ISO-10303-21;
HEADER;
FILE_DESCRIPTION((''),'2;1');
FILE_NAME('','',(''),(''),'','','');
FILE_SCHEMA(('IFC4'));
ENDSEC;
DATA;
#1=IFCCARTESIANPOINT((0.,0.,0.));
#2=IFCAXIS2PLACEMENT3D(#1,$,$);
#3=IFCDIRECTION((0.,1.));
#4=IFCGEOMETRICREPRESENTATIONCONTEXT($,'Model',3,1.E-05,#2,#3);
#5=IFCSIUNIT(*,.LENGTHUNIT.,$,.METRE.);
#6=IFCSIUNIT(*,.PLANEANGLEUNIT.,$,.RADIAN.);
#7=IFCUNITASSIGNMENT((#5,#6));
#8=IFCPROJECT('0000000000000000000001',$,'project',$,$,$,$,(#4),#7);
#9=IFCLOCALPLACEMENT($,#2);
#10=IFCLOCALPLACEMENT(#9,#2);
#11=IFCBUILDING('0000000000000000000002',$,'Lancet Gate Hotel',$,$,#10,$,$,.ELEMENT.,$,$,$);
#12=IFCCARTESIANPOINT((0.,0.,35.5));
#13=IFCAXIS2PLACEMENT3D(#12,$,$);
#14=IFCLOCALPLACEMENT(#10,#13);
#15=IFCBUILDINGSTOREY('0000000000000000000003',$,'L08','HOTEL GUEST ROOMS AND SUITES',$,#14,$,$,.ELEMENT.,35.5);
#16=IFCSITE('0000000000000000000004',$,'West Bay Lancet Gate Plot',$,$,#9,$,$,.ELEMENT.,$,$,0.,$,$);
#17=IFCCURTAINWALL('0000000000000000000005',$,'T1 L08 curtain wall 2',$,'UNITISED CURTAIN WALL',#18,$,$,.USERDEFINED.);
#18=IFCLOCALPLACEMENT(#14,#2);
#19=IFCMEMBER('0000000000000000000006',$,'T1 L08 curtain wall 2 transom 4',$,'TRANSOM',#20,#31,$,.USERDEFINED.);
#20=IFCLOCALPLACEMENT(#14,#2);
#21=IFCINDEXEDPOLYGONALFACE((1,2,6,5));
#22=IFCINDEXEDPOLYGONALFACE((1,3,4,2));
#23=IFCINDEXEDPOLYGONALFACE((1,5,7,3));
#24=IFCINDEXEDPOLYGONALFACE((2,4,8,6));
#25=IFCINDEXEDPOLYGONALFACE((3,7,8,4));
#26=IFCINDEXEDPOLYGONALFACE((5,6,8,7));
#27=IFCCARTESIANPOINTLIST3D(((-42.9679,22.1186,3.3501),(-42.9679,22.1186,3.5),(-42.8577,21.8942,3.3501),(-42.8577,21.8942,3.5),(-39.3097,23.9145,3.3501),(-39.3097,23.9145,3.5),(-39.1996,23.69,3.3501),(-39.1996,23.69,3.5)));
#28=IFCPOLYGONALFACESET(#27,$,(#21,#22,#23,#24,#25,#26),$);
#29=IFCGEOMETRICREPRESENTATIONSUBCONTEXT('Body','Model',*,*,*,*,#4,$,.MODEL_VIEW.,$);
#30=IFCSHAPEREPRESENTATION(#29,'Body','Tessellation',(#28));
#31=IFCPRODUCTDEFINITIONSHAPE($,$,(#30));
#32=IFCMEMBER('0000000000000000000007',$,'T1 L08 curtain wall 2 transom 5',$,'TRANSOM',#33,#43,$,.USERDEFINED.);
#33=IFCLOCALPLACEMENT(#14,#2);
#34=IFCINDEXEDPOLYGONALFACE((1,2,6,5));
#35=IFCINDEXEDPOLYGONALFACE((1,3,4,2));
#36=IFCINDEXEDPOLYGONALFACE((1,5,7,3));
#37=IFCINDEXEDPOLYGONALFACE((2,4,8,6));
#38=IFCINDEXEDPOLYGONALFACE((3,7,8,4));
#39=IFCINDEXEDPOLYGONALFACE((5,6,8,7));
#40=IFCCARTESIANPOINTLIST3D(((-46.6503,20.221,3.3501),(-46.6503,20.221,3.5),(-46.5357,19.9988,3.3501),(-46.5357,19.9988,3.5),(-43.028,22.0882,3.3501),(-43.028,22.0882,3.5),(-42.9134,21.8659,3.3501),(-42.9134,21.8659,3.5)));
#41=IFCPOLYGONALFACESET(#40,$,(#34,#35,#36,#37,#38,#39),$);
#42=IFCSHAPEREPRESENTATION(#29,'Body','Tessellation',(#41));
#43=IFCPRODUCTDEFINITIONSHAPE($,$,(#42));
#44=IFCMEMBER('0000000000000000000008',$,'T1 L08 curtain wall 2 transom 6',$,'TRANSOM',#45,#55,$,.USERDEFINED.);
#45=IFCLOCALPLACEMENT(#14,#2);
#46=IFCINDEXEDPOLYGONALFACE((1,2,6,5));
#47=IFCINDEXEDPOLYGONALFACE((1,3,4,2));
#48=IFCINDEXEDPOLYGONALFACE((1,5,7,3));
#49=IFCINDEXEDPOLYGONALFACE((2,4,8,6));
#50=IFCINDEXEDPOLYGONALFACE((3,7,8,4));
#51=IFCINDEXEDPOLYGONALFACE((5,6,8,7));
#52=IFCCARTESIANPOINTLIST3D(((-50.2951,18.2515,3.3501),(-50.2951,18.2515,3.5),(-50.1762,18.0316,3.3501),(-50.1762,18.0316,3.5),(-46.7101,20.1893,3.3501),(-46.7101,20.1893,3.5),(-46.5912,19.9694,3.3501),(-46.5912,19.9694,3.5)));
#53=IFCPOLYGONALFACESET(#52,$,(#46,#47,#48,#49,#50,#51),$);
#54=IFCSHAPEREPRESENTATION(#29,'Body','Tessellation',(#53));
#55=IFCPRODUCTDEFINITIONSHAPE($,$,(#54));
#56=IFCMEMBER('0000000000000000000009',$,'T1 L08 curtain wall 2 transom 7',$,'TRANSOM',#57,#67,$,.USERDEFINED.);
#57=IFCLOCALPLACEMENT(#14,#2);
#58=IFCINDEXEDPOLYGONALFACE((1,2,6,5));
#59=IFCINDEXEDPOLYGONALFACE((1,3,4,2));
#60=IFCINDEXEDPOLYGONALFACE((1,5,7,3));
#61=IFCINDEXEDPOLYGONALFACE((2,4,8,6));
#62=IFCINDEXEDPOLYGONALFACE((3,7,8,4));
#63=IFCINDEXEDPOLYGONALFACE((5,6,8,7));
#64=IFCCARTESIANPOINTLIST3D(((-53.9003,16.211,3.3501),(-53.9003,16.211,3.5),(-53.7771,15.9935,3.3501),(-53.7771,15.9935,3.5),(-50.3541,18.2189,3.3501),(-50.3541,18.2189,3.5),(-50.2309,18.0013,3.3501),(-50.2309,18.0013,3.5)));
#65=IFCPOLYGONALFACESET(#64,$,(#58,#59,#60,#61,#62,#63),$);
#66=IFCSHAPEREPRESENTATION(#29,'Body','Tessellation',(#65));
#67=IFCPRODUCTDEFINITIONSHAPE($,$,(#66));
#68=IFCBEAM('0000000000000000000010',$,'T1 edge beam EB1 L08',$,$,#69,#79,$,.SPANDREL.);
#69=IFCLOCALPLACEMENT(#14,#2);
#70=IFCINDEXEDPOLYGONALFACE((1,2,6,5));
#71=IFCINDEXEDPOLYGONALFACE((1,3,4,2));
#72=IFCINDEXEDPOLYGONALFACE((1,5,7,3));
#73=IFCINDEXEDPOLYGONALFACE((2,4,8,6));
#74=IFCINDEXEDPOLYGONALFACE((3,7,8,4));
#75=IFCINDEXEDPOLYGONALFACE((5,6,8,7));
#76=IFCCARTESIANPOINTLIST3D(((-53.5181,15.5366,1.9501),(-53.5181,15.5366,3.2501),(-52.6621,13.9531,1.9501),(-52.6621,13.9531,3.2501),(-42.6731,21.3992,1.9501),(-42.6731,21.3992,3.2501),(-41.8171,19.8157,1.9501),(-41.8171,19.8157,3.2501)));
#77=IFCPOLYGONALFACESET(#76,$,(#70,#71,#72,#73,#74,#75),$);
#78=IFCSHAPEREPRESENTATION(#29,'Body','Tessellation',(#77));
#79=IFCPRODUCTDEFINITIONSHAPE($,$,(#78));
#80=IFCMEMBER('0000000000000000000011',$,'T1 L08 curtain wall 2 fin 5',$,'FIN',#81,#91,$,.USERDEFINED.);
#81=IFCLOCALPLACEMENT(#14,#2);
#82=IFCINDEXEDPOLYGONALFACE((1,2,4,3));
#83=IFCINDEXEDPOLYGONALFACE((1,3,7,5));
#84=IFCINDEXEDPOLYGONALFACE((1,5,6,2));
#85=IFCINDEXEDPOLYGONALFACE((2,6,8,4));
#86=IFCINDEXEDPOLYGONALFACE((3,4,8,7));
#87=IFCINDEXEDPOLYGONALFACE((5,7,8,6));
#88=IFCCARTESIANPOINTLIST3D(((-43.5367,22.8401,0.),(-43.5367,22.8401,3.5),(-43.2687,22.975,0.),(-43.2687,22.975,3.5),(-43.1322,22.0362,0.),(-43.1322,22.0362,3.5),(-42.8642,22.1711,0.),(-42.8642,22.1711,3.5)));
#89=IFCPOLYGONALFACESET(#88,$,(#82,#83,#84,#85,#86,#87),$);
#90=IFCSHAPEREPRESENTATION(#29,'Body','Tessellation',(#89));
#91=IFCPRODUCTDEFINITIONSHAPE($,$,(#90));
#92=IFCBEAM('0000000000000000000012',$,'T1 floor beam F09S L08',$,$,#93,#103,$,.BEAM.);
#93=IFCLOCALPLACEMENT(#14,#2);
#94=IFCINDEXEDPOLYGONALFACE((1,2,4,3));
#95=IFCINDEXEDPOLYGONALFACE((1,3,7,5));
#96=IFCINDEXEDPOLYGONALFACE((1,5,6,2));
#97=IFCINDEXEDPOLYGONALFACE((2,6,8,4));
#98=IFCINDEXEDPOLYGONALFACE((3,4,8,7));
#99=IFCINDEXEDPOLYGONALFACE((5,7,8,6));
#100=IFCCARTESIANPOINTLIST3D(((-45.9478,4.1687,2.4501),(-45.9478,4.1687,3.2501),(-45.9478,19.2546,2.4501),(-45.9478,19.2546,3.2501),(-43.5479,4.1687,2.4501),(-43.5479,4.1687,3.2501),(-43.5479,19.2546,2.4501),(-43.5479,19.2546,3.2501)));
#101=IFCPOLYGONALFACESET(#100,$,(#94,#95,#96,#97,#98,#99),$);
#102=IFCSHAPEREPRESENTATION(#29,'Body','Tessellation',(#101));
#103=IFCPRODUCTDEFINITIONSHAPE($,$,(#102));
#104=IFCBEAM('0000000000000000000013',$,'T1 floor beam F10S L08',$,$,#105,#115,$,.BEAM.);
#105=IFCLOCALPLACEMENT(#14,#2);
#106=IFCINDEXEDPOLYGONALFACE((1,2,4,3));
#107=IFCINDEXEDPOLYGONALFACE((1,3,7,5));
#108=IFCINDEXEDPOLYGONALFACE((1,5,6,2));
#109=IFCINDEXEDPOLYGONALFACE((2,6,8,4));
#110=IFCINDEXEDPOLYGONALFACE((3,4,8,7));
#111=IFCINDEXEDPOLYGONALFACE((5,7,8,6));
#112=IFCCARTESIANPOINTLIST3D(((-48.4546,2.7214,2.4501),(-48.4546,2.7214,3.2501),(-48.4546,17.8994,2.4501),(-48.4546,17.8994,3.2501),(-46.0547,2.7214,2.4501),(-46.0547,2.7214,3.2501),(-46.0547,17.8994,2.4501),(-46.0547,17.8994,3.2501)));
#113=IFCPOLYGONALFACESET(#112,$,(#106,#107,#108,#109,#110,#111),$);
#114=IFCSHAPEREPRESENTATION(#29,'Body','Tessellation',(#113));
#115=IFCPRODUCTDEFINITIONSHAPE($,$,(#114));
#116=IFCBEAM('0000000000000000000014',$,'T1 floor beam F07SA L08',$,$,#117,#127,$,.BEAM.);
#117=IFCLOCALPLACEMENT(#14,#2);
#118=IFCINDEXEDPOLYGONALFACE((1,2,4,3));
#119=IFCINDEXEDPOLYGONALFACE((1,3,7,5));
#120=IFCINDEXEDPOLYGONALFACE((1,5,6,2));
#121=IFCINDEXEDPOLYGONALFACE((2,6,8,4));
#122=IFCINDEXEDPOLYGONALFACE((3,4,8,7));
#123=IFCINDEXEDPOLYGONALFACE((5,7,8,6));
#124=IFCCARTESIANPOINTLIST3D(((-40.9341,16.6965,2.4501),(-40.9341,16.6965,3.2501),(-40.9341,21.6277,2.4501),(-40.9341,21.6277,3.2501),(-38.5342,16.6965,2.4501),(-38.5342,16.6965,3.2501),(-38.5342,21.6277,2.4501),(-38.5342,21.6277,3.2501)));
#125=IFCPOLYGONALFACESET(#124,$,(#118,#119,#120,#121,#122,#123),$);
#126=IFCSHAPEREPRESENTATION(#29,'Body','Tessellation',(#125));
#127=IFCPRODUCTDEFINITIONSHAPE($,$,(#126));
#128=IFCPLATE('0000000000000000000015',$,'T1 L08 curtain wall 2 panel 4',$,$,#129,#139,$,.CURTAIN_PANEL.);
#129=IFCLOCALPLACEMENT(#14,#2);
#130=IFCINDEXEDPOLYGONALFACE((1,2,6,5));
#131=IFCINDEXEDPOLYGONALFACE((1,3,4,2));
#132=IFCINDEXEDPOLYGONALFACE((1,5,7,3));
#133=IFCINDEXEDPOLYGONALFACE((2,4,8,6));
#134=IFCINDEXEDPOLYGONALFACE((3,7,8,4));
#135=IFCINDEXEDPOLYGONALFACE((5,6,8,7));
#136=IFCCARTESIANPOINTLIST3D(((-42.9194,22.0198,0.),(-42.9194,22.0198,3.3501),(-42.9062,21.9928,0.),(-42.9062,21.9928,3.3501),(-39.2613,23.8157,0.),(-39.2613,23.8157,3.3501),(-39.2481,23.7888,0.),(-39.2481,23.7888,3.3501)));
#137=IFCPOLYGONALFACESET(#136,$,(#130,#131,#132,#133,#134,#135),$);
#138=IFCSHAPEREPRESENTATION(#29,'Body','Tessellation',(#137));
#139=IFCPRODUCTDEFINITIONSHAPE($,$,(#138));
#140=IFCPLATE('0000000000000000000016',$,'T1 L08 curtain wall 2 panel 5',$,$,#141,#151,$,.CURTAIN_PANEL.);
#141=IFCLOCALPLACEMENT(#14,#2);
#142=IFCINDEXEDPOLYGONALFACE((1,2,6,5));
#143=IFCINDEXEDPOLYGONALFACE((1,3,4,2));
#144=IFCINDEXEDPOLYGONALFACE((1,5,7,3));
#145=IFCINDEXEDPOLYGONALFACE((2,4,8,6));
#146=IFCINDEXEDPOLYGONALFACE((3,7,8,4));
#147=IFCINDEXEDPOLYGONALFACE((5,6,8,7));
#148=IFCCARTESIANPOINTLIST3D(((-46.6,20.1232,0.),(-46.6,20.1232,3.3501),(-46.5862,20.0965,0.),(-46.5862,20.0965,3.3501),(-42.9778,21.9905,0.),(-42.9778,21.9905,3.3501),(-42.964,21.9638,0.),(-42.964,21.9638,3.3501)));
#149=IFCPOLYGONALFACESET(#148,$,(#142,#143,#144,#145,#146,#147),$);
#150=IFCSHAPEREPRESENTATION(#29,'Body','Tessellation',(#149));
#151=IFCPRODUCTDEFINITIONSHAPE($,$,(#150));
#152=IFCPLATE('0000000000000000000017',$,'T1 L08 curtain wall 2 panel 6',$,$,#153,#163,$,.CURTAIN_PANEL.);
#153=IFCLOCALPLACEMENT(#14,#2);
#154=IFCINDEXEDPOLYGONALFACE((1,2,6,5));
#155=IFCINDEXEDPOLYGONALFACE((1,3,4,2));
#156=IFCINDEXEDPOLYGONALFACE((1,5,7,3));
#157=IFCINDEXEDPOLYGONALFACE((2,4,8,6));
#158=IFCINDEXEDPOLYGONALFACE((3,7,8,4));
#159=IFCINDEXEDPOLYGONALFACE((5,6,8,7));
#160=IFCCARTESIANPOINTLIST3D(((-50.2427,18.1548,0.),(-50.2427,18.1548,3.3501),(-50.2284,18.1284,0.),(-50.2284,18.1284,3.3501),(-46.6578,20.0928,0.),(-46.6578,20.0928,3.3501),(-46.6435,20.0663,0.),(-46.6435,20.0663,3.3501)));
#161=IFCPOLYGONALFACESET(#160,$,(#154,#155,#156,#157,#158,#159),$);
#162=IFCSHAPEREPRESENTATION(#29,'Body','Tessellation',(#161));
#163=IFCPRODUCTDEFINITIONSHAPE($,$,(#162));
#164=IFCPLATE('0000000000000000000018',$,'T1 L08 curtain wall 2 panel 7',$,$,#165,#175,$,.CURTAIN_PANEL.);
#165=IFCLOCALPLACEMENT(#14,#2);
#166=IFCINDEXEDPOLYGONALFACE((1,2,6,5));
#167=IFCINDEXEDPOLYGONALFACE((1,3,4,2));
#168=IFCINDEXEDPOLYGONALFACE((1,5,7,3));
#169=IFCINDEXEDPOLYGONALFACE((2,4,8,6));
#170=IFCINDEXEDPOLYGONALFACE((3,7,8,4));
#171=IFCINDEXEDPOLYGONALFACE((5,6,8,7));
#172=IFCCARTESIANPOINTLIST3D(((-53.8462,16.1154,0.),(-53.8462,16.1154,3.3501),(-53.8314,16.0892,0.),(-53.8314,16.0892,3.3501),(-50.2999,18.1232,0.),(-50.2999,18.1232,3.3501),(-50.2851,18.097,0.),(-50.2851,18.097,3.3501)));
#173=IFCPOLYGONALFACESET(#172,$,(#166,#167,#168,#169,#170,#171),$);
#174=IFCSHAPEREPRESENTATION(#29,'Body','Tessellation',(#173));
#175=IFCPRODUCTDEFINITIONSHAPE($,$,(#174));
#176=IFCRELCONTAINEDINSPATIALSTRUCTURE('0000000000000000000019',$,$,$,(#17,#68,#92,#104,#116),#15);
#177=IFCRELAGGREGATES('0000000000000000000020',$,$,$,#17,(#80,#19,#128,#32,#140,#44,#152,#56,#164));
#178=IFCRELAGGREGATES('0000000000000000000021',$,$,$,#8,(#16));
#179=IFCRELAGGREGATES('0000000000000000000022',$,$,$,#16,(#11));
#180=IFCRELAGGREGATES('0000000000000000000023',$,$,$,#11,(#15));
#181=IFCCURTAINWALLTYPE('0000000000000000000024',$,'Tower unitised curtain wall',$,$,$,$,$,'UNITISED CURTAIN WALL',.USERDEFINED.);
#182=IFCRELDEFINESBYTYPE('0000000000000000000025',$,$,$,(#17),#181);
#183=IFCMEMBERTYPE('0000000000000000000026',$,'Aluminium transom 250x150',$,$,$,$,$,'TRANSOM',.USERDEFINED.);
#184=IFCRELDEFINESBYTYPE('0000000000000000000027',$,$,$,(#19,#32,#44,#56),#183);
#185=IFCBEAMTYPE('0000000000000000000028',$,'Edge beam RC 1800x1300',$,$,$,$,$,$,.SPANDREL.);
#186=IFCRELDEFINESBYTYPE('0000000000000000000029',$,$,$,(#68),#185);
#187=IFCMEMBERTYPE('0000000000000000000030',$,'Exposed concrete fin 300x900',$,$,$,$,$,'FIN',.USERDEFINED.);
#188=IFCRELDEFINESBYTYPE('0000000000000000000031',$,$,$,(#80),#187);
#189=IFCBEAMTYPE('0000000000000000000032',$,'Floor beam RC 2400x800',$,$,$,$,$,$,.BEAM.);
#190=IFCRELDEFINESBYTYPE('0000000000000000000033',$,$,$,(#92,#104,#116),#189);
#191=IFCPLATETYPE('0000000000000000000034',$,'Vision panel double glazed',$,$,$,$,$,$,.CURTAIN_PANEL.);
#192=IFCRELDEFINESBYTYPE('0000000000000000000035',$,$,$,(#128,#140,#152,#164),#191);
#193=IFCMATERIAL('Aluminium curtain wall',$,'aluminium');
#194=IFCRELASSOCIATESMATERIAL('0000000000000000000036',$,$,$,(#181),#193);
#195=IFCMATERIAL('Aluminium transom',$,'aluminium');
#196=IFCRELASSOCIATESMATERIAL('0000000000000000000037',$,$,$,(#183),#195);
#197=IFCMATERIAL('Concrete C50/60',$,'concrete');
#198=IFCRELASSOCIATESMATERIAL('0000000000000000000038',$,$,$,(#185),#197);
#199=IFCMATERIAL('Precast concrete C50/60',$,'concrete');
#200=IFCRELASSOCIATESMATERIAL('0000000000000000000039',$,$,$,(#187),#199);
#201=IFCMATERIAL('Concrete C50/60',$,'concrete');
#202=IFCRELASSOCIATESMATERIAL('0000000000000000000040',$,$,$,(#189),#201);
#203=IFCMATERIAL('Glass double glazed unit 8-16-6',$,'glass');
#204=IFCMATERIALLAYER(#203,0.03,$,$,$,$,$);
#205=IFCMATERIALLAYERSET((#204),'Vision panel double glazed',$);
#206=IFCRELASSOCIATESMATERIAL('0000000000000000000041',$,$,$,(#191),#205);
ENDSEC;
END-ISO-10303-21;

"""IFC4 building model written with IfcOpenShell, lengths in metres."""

from ifc_helpers import new_model, si_unit, direction, frame, origin, origin_2d, place, context, subcontext, project, spatial, rectangle, extrude, material, layer, layer_set, material_profile, profile_set, type_object, element, aggregate, save


model = new_model("IFC4")

# Units and contexts
model_context = context("Model", 3, precision=1e-05, world=origin(), true_north=direction((0.0, 1.0)))
body_context = subcontext(model_context, "Body", "Model", "MODEL_VIEW")
ifc_project = project(units=[si_unit("LENGTHUNIT", "METRE"), si_unit("PLANEANGLEUNIT", "RADIAN")], contexts=[model_context])

# Site, building, storey
site_placement = place(None, origin())
site = spatial("IfcSite", under=ifc_project, at=site_placement, Name="West Bay Lancet Gate Plot", CompositionType="ELEMENT", RefElevation=0.0)
building_placement = place(site_placement, origin())
building = spatial("IfcBuilding", under=site, at=building_placement, Name="Lancet Gate Hotel", CompositionType="ELEMENT")
storey_placement = place(building_placement, frame((0.0, 0.0, 35.5)))
storey = spatial("IfcBuildingStorey", under=building, at=storey_placement, Name="L08", Description="HOTEL GUEST ROOMS AND SUITES", CompositionType="ELEMENT", Elevation=35.5)

# Curtain wall, members
ifc_material_1 = material(Name="Aluminium curtain wall", Category="aluminium")
curtain_wall_type = type_object("IfcCurtainWallType", Name="Tower unitised curtain wall", ElementType="UNITISED CURTAIN WALL", PredefinedType="USERDEFINED", material=ifc_material_1)
curtain_wall_placement = place(storey_placement, origin())
curtain_wall = element("IfcCurtainWall", 1, at=curtain_wall_placement, inside=storey, type_object=curtain_wall_type, Name="T1 L08 curtain wall 2", ObjectType="UNITISED CURTAIN WALL", PredefinedType="USERDEFINED")
ifc_material_2 = material(Name="Aluminium transom", Category="aluminium")
ifc_material_profile_1 = material_profile(ifc_material_2, rectangle(XDim=0.25, YDim=0.1499, at=origin_2d()), Name="TRANSOM 250x150")
ifc_profile_set_1 = profile_set([ifc_material_profile_1], Name="Aluminium transom")
member_type_1 = type_object("IfcMemberType", Name="Aluminium transom 250x150", ElementType="TRANSOM", PredefinedType="USERDEFINED", material=ifc_profile_set_1)
member_1_placement = place(storey_placement, frame((-39.2546, 23.8022, 3.425), z_axis=(-0.897662, -0.440684, 0.0), x_axis=(0.440684, -0.897662, 0.0)))
member_1 = element("IfcMember", 2, at=member_1_placement, type_object=member_type_1, Name="T1 L08 curtain wall 2 transom 4", ObjectType="TRANSOM", PredefinedType="USERDEFINED", context=body_context, shape_type="SweptSolid", body=[
    extrude(rectangle(XDim=0.25, YDim=0.1499, at=origin_2d()), origin(), (0.0, 0.0, 1.0), 4.0752),
])
member_2_placement = place(storey_placement, frame((-42.9707, 21.9771, 3.425), z_axis=(-0.88886, -0.458179, 0.0), x_axis=(0.458179, -0.88886, 0.0)))
member_2 = element("IfcMember", 3, at=member_2_placement, type_object=member_type_1, Name="T1 L08 curtain wall 2 transom 5", ObjectType="TRANSOM", PredefinedType="USERDEFINED", context=body_context, shape_type="SweptSolid", body=[
    extrude(rectangle(XDim=0.25, YDim=0.1499, at=origin_2d()), origin(), (0.0, 0.0, 1.0), 4.0752),
])
member_3_placement = place(storey_placement, frame((-46.6506, 20.0793, 3.425), z_axis=(-0.879714, -0.475503, 0.0), x_axis=(0.475503, -0.879714, 0.0)))
member_3 = element("IfcMember", 4, at=member_3_placement, type_object=member_type_1, Name="T1 L08 curtain wall 2 transom 6", ObjectType="TRANSOM", PredefinedType="USERDEFINED", context=body_context, shape_type="SweptSolid", body=[
    extrude(rectangle(XDim=0.25, YDim=0.1499, at=origin_2d()), origin(), (0.0, 0.0, 1.0), 4.0752),
])
member_4_placement = place(storey_placement, frame((-50.2925, 18.1101, 3.425), z_axis=(-0.870198, -0.492703, 0.0), x_axis=(0.492703, -0.870198, 0.0)))
member_4 = element("IfcMember", 5, at=member_4_placement, type_object=member_type_1, Name="T1 L08 curtain wall 2 transom 7", ObjectType="TRANSOM", PredefinedType="USERDEFINED", context=body_context, shape_type="SweptSolid", body=[
    extrude(rectangle(XDim=0.25, YDim=0.1499, at=origin_2d()), origin(), (0.0, 0.0, 1.0), 4.0752),
])

# Beam
ifc_material_3 = material(Name="Concrete C50/60", Category="concrete")
ifc_material_profile_2 = material_profile(ifc_material_3, rectangle(XDim=1.8, YDim=1.3, at=origin_2d()), Name="RC 1800x1300")
ifc_profile_set_2 = profile_set([ifc_material_profile_2], Name="Concrete C50/60")
beam_type_1 = type_object("IfcBeamType", Name="Edge beam RC 1800x1300", PredefinedType="SPANDREL", material=ifc_profile_set_2)
beam_1_placement = place(storey_placement, frame((-42.2451, 20.6074, 2.6001), z_axis=(-0.879693, -0.475542, 0.0), x_axis=(0.475542, -0.879693, 0.0)))
element("IfcBeam", 6, at=beam_1_placement, inside=storey, type_object=beam_type_1, Name="T1 edge beam EB1 L08", PredefinedType="SPANDREL", context=body_context, shape_type="SweptSolid", body=[
    extrude(rectangle(XDim=1.8, YDim=1.3, at=origin_2d()), origin(), (0.0, 0.0, 1.0), 12.3281),
])

# Member
ifc_material_4 = material(Name="Precast concrete C50/60", Category="concrete")
ifc_material_profile_3 = material_profile(ifc_material_4, rectangle(XDim=0.3, YDim=0.8999, at=origin_2d()), Name="FIN 300x900")
ifc_profile_set_3 = profile_set([ifc_material_profile_3], Name="Precast concrete C50/60")
member_type_2 = type_object("IfcMemberType", Name="Exposed concrete fin 300x900", ElementType="FIN", PredefinedType="USERDEFINED", material=ifc_profile_set_3)
member_5_placement = place(storey_placement, frame((-43.2004, 22.5056, 0.0), z_axis=(0.0, 0.0, 1.0), x_axis=(-0.893292, -0.449478, 0.0)))
member_5 = element("IfcMember", 7, at=member_5_placement, type_object=member_type_2, Name="T1 L08 curtain wall 2 fin 5", ObjectType="FIN", PredefinedType="USERDEFINED", context=body_context, shape_type="SweptSolid", body=[
    extrude(rectangle(XDim=0.3, YDim=0.8999, at=origin_2d()), origin(), (0.0, 0.0, 1.0), 3.5),
])

# Beams
ifc_material_5 = material(Name="Concrete C50/60", Category="concrete")
ifc_material_profile_4 = material_profile(ifc_material_5, rectangle(XDim=2.3999, YDim=0.8, at=origin_2d()), Name="RC 2400x800")
ifc_profile_set_4 = profile_set([ifc_material_profile_4], Name="Concrete C50/60")
beam_type_2 = type_object("IfcBeamType", Name="Floor beam RC 2400x800", PredefinedType="BEAM", material=ifc_profile_set_4)
beam_2_placement = place(storey_placement, frame((-44.7478, 19.2546, 2.8501), z_axis=(0.0, -1.0, 0.0), x_axis=(1.0, 0.0, 0.0)))
element("IfcBeam", 8, at=beam_2_placement, inside=storey, type_object=beam_type_2, Name="T1 floor beam F09S L08", PredefinedType="BEAM", context=body_context, shape_type="SweptSolid", body=[
    extrude(rectangle(XDim=2.3999, YDim=0.8, at=origin_2d()), origin(), (0.0, 0.0, 1.0), 15.0859),
])
beam_3_placement = place(storey_placement, frame((-47.2546, 17.8994, 2.8501), z_axis=(0.0, -1.0, 0.0), x_axis=(1.0, 0.0, 0.0)))
element("IfcBeam", 9, at=beam_3_placement, inside=storey, type_object=beam_type_2, Name="T1 floor beam F10S L08", PredefinedType="BEAM", context=body_context, shape_type="SweptSolid", body=[
    extrude(rectangle(XDim=2.3999, YDim=0.8, at=origin_2d()), origin(), (0.0, 0.0, 1.0), 15.178),
])
beam_4_placement = place(storey_placement, frame((-39.7341, 21.6277, 2.8501), z_axis=(0.0, -1.0, 0.0), x_axis=(1.0, 0.0, 0.0)))
element("IfcBeam", 10, at=beam_4_placement, inside=storey, type_object=beam_type_2, Name="T1 floor beam F07SA L08", PredefinedType="BEAM", context=body_context, shape_type="SweptSolid", body=[
    extrude(rectangle(XDim=2.3999, YDim=0.8, at=origin_2d()), origin(), (0.0, 0.0, 1.0), 4.9312),
])

# Plates
ifc_material_6 = material(Name="Glass double glazed unit 8-16-6", Category="glass")
ifc_layer = layer(ifc_material_6, 0.03)
ifc_layer_set = layer_set([ifc_layer], Name="Vision panel double glazed")
plate_type = type_object("IfcPlateType", Name="Vision panel double glazed", PredefinedType="CURTAIN_PANEL", material=ifc_layer_set)
plate_1_placement = place(storey_placement, frame((-41.0837, 22.9043, 0.0), z_axis=(0.0, 0.0, 1.0), x_axis=(-0.897653, -0.440702, 0.0)))
plate_1 = element("IfcPlate", 11, at=plate_1_placement, type_object=plate_type, Name="T1 L08 curtain wall 2 panel 4", PredefinedType="CURTAIN_PANEL", context=body_context, shape_type="SweptSolid", body=[
    extrude(rectangle(XDim=4.0752, YDim=0.03, at=origin_2d()), origin(), (0.0, 0.0, 1.0), 3.3501),
])
plate_2_placement = place(storey_placement, frame((-44.782, 21.0435, 0.0), z_axis=(0.0, 0.0, 1.0), x_axis=(-0.888844, -0.45821, 0.0)))
plate_2 = element("IfcPlate", 12, at=plate_2_placement, type_object=plate_type, Name="T1 L08 curtain wall 2 panel 5", PredefinedType="CURTAIN_PANEL", context=body_context, shape_type="SweptSolid", body=[
    extrude(rectangle(XDim=4.0752, YDim=0.03, at=origin_2d()), origin(), (0.0, 0.0, 1.0), 3.3501),
])
plate_3_placement = place(storey_placement, frame((-48.4431, 19.1106, 0.0), z_axis=(0.0, 0.0, 1.0), x_axis=(-0.879693, -0.475541, 0.0)))
plate_3 = element("IfcPlate", 13, at=plate_3_placement, type_object=plate_type, Name="T1 L08 curtain wall 2 panel 6", PredefinedType="CURTAIN_PANEL", context=body_context, shape_type="SweptSolid", body=[
    extrude(rectangle(XDim=4.0752, YDim=0.03, at=origin_2d()), origin(), (0.0, 0.0, 1.0), 3.3501),
])
plate_4_placement = place(storey_placement, frame((-52.0657, 17.1062, 0.0), z_axis=(0.0, 0.0, 1.0), x_axis=(-0.870205, -0.49269, 0.0)))
plate_4 = element("IfcPlate", 14, at=plate_4_placement, type_object=plate_type, Name="T1 L08 curtain wall 2 panel 7", PredefinedType="CURTAIN_PANEL", context=body_context, shape_type="SweptSolid", body=[
    extrude(rectangle(XDim=4.0752, YDim=0.03, at=origin_2d()), origin(), (0.0, 0.0, 1.0), 3.3501),
])
aggregate(curtain_wall, [member_5, member_1, plate_1, member_2, plate_2, member_3, plate_3, member_4, plate_4])

save(model, "model.ifc")
